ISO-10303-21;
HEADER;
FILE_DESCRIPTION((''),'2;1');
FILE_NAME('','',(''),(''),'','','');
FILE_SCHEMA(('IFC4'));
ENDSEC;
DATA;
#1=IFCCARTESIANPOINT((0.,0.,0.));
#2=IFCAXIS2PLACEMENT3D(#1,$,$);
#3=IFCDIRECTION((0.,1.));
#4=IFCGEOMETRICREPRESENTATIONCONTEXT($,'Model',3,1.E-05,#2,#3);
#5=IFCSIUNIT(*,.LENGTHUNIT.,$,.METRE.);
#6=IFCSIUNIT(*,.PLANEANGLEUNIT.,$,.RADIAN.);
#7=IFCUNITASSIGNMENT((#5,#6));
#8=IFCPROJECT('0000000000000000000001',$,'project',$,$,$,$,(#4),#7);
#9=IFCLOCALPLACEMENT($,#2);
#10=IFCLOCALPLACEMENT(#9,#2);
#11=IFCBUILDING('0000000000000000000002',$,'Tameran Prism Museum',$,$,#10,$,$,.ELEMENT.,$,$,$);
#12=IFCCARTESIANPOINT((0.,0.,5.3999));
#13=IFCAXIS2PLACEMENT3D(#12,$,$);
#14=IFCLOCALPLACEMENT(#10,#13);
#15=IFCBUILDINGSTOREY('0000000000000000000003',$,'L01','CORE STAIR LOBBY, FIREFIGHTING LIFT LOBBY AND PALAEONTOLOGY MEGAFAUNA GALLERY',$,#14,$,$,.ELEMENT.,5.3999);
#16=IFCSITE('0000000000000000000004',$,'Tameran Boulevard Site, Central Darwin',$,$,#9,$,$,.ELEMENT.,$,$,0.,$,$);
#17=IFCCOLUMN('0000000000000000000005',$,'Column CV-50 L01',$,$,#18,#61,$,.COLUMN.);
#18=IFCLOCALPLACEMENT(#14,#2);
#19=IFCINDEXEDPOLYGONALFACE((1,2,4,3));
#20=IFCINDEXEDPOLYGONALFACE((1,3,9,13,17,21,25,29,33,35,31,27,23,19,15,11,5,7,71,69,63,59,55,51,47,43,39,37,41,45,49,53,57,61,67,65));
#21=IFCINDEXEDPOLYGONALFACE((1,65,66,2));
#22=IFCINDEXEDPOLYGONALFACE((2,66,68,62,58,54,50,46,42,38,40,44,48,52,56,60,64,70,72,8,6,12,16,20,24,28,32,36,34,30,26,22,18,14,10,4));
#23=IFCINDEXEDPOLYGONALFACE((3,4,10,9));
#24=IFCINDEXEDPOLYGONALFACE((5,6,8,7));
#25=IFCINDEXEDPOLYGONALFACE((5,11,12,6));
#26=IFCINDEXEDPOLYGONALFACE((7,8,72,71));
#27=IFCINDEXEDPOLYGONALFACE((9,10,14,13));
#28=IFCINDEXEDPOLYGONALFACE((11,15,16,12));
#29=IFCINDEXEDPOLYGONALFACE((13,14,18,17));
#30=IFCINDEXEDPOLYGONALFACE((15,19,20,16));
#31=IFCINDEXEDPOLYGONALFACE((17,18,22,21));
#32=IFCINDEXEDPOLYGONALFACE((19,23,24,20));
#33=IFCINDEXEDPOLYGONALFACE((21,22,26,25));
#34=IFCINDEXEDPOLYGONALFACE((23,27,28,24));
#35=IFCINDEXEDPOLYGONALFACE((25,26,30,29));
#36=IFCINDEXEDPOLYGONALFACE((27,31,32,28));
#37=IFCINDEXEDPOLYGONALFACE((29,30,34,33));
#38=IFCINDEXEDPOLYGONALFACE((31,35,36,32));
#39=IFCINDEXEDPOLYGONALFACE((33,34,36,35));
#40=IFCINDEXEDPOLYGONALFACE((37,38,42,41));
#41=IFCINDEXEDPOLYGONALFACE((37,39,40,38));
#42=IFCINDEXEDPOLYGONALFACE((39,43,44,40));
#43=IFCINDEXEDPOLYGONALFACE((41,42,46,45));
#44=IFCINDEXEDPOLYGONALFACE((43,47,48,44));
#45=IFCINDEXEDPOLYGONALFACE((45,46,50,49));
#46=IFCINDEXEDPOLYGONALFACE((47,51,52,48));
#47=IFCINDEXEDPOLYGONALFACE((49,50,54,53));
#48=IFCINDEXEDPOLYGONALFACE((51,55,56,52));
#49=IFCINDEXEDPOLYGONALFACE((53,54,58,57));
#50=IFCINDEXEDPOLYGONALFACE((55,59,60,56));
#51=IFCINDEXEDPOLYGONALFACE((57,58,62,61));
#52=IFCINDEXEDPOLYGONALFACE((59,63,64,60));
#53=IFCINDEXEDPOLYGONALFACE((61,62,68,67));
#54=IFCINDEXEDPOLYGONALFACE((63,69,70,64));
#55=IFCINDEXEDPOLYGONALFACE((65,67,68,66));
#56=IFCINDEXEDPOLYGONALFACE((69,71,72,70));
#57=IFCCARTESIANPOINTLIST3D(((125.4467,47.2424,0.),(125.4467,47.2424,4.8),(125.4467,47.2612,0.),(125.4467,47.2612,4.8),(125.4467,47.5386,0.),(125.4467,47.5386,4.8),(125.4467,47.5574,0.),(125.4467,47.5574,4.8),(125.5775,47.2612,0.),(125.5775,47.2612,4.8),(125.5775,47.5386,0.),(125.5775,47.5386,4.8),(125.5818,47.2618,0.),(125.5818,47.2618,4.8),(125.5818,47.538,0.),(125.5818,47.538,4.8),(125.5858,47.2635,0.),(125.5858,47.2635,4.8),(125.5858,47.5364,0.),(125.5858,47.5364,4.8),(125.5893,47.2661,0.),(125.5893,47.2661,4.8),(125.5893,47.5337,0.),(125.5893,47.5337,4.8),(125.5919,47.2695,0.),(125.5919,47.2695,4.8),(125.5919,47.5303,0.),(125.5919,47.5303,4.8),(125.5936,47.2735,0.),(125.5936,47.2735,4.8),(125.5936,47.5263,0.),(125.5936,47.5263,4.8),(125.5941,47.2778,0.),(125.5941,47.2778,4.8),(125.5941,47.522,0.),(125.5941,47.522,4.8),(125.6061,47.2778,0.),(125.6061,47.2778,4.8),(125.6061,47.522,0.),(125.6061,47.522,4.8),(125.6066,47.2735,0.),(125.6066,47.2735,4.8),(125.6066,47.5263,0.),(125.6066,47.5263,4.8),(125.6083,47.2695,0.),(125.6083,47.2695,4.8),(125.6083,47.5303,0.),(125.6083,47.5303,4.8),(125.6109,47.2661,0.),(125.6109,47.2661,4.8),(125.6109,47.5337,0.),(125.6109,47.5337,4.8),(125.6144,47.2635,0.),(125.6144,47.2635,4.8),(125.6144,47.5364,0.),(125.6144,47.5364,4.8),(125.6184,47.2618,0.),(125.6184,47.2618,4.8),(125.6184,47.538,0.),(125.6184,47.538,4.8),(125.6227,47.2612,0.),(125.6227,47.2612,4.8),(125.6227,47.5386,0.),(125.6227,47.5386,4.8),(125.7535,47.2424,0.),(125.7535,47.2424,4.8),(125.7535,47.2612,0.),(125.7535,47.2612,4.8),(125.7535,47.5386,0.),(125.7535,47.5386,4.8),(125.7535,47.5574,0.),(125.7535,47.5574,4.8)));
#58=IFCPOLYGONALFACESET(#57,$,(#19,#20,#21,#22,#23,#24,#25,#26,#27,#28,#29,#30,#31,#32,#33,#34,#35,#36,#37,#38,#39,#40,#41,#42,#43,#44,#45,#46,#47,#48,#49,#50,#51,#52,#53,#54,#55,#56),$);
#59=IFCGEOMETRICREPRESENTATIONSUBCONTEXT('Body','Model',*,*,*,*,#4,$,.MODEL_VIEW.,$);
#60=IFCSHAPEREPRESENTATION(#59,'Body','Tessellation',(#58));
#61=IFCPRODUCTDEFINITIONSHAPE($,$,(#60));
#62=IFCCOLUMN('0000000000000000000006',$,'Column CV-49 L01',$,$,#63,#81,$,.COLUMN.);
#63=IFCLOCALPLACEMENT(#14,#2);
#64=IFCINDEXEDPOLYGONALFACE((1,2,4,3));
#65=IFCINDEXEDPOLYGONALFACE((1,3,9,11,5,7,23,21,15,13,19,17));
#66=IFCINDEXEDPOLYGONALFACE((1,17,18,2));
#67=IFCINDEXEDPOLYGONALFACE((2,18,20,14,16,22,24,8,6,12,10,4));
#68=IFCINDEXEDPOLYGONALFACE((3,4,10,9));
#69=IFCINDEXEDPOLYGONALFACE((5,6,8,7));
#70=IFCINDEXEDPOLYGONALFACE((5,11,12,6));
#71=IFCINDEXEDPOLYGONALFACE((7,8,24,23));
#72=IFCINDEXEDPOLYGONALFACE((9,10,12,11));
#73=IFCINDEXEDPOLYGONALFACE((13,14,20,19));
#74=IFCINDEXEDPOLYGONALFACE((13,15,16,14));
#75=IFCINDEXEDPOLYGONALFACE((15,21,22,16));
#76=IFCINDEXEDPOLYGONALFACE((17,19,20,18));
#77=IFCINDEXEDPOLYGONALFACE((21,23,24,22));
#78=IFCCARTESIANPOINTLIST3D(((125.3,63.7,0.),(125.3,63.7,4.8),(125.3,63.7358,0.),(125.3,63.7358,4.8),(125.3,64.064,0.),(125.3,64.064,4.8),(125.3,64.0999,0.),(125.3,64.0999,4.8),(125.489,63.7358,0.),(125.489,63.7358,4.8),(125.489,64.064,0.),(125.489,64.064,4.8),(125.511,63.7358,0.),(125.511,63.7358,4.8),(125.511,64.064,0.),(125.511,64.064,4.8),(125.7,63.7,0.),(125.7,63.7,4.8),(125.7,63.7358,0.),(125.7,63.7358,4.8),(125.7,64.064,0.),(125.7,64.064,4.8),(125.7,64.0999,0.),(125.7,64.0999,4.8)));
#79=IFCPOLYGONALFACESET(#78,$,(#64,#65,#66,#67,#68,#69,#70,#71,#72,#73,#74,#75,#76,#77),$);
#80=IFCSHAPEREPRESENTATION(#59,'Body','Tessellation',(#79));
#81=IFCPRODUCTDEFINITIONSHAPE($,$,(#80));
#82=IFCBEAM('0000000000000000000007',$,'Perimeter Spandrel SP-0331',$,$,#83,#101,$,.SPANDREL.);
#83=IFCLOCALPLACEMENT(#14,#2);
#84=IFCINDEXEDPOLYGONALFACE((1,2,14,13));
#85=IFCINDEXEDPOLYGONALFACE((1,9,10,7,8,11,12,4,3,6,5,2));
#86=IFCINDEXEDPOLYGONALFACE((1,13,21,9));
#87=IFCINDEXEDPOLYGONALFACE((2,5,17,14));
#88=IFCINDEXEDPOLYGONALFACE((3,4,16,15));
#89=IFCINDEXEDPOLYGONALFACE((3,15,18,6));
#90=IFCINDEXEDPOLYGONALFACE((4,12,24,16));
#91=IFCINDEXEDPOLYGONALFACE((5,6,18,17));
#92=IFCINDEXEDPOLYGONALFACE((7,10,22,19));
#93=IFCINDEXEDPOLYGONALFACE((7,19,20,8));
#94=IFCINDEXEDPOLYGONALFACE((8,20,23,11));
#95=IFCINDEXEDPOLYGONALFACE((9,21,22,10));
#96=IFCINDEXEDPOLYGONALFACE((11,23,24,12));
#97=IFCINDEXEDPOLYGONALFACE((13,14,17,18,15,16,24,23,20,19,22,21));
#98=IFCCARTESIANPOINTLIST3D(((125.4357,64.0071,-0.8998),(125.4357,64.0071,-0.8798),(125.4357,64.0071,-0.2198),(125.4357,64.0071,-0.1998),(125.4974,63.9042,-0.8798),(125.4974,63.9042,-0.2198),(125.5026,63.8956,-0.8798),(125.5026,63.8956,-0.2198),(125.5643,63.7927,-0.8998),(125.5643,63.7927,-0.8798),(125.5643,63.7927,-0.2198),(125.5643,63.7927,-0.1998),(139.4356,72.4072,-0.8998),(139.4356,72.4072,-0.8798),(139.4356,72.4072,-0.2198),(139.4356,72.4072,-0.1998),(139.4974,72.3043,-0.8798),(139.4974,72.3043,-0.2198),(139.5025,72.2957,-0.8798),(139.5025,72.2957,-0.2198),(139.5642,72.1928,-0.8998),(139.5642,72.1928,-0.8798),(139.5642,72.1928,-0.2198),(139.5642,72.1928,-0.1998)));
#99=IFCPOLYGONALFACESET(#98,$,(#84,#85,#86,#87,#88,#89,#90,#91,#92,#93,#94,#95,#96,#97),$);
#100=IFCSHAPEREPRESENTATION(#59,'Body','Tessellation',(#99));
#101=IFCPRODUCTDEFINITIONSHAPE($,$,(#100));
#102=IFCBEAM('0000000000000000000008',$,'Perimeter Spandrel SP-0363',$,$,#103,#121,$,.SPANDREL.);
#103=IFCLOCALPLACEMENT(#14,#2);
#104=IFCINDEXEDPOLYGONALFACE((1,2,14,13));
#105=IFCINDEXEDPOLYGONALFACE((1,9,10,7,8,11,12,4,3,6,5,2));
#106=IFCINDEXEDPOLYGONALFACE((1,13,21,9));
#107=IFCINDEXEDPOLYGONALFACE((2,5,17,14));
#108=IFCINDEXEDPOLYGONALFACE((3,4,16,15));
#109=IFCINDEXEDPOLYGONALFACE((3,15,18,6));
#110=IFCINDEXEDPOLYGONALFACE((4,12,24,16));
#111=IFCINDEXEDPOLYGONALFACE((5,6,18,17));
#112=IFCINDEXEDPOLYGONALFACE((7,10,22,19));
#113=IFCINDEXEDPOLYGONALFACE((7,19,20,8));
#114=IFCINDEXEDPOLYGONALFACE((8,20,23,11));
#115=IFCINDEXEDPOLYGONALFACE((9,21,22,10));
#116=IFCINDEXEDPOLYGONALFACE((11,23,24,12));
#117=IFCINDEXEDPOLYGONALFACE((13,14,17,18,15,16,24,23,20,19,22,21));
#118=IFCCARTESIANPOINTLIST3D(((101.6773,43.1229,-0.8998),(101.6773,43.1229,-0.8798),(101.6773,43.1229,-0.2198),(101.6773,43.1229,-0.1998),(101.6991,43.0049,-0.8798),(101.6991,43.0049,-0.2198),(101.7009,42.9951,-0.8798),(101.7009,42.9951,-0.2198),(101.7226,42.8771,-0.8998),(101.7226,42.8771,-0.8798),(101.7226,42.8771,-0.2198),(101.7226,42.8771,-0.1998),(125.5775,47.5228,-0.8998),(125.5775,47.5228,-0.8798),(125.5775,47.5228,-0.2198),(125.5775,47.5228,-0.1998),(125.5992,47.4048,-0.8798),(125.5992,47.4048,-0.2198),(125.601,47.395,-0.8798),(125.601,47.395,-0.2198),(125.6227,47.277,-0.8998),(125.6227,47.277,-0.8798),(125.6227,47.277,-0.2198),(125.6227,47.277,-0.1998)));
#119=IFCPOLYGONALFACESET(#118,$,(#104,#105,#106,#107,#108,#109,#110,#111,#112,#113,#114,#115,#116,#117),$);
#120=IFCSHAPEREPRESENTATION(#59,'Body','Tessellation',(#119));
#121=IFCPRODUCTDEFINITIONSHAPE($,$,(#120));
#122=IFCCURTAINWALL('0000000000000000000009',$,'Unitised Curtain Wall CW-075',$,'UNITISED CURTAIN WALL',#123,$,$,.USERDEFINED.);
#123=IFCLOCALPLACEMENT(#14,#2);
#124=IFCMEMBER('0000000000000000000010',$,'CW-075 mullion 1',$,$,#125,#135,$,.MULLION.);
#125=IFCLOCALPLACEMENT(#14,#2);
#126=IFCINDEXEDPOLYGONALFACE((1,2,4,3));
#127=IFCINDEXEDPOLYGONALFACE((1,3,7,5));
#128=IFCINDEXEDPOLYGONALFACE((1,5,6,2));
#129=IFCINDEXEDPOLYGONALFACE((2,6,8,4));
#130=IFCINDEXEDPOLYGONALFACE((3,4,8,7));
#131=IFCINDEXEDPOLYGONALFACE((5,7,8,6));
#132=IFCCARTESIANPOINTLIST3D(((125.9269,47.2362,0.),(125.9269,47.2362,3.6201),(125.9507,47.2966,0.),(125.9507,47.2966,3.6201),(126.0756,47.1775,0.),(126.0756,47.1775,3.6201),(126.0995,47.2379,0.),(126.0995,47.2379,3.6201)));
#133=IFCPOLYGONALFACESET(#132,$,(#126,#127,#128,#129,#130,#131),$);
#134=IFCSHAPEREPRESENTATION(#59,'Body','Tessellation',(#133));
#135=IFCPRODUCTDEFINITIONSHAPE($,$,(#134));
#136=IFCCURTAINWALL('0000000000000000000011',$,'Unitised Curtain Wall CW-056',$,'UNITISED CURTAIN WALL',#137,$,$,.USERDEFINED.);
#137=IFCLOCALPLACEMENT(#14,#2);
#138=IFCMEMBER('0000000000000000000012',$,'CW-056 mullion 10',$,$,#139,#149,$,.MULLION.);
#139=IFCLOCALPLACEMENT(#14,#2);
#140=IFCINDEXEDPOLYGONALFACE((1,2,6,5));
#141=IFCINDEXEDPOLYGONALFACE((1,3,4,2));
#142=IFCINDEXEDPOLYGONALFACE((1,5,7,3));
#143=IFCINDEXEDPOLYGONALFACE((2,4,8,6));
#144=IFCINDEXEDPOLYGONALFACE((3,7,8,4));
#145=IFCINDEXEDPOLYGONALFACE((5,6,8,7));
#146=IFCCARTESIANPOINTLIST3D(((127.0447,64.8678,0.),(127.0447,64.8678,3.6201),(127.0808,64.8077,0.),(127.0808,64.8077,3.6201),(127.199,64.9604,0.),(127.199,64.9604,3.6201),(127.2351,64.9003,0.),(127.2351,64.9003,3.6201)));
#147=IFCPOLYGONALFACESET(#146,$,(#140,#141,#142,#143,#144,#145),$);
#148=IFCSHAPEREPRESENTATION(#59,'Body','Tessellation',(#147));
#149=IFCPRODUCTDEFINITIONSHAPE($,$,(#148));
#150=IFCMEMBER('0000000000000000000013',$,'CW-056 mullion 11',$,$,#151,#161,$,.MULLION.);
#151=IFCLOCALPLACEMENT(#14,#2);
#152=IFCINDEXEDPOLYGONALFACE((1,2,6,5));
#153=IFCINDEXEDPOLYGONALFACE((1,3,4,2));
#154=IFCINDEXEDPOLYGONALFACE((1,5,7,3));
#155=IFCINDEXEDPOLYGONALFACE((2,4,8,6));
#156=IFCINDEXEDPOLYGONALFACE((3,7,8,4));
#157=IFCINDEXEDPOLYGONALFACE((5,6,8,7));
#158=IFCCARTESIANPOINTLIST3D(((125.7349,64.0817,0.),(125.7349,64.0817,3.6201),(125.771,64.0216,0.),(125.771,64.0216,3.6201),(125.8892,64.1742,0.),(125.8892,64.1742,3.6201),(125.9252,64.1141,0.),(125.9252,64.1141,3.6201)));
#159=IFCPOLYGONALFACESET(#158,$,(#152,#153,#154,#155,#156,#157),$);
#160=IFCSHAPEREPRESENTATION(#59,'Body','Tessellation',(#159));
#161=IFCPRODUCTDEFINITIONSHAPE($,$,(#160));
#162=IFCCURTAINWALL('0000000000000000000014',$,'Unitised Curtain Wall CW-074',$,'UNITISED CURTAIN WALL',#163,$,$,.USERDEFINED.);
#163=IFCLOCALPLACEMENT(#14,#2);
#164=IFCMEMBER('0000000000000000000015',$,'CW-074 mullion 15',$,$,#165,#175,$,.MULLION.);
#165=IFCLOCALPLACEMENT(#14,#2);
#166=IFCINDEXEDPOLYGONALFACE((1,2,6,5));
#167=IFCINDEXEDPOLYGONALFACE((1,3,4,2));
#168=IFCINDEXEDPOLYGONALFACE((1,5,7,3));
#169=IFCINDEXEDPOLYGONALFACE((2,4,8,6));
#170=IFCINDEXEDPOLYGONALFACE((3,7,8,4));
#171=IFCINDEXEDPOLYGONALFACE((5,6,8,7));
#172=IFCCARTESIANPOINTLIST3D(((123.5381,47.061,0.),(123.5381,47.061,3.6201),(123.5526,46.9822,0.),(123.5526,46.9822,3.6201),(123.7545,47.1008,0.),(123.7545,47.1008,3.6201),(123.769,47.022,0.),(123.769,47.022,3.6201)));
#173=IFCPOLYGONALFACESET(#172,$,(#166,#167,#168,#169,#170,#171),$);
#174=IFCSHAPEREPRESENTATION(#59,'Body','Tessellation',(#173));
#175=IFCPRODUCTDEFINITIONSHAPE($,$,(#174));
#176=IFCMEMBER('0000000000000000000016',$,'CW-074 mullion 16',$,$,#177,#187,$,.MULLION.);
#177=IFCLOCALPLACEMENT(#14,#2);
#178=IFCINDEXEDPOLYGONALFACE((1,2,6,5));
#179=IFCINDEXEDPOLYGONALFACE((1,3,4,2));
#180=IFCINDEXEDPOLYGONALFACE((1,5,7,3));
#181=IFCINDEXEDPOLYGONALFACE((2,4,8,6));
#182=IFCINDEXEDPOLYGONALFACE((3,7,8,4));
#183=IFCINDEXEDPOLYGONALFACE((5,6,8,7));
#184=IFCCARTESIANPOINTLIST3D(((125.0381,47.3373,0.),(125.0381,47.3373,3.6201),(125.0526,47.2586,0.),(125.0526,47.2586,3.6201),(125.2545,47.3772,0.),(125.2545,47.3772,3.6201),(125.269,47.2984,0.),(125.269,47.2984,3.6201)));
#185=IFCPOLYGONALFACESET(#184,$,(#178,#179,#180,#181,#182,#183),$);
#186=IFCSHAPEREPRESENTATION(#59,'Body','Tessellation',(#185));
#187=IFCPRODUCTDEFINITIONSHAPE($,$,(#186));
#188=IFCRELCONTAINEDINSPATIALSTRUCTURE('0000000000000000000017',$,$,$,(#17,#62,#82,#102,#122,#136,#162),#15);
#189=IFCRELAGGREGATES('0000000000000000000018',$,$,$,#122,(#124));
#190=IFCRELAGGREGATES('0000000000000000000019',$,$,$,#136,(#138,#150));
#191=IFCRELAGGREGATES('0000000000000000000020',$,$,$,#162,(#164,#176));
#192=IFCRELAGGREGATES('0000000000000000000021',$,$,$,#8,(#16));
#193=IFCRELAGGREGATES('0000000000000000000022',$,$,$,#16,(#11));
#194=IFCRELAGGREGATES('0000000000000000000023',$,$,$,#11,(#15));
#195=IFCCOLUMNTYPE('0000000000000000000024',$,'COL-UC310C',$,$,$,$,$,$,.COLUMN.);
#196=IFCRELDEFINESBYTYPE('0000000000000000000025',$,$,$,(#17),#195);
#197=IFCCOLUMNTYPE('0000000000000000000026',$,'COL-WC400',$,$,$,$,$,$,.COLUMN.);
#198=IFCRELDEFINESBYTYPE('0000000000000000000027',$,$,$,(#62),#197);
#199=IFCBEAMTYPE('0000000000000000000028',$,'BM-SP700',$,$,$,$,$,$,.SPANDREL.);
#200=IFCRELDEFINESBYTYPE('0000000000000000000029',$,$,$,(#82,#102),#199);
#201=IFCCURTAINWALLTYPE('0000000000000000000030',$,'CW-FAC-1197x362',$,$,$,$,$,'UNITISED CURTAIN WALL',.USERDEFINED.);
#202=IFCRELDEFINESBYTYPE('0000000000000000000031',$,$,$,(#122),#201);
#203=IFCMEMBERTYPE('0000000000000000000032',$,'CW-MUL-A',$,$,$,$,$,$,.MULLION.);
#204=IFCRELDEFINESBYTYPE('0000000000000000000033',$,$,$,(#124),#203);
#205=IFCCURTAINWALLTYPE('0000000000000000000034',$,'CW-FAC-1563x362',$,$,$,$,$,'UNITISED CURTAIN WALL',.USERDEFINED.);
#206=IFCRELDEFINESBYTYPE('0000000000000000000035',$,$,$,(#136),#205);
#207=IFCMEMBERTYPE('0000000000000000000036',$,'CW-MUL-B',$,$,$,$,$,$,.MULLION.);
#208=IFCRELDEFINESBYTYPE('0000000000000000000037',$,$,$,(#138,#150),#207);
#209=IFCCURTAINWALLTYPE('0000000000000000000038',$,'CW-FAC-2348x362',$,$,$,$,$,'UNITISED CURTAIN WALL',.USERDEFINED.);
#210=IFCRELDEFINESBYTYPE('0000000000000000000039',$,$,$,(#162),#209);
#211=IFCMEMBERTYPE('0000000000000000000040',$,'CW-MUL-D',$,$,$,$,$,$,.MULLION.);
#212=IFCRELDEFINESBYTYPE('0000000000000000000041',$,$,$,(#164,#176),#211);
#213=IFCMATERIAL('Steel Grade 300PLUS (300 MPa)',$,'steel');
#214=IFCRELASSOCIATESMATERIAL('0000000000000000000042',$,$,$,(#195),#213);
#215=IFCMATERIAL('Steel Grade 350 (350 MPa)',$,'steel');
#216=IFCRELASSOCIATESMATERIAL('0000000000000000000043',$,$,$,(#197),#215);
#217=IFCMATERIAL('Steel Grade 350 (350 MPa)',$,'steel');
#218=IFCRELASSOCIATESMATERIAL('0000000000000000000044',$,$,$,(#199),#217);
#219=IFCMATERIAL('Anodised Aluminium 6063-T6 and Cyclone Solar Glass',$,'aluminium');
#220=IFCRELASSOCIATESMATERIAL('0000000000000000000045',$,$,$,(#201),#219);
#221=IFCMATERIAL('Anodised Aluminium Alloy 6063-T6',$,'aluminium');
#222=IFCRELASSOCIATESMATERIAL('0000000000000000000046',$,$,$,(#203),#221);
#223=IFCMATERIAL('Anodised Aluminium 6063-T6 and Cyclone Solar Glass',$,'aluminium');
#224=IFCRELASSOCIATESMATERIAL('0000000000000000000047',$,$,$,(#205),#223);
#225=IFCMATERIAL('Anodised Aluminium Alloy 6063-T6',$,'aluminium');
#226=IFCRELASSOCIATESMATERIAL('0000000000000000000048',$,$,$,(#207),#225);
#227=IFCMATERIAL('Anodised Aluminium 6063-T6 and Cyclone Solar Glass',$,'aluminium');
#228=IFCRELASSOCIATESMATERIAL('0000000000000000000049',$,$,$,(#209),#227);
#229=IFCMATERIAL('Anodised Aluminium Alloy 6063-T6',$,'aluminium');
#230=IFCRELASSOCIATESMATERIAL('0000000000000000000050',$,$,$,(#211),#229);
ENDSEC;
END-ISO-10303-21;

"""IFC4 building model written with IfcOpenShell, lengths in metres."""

from ifc_helpers import new_model, si_unit, direction, frame, origin, origin_2d, place, context, subcontext, project, spatial, rectangle, i_section, extrude, material, material_profile, profile_set, type_object, element, aggregate, save


model = new_model("IFC4")

# Units and contexts
model_context = context("Model", 3, precision=1e-05, world=origin(), true_north=direction((0.0, 1.0)))
body_context = subcontext(model_context, "Body", "Model", "MODEL_VIEW")
ifc_project = project(units=[si_unit("LENGTHUNIT", "METRE"), si_unit("PLANEANGLEUNIT", "RADIAN")], contexts=[model_context])

# Site, building, storey
site_placement = place(None, origin())
site = spatial("IfcSite", under=ifc_project, at=site_placement, Name="Tameran Boulevard Site, Central Darwin", CompositionType="ELEMENT", RefElevation=0.0)
building_placement = place(site_placement, origin())
building = spatial("IfcBuilding", under=site, at=building_placement, Name="Tameran Prism Museum", CompositionType="ELEMENT")
storey_placement = place(building_placement, frame((0.0, 0.0, 5.3999)))
storey = spatial("IfcBuildingStorey", under=building, at=storey_placement, Name="L01", Description="CORE STAIR LOBBY, FIREFIGHTING LIFT LOBBY AND PALAEONTOLOGY MEGAFAUNA GALLERY", CompositionType="ELEMENT", Elevation=5.3999)

# Columns
ifc_material_1 = material(Name="Steel Grade 300PLUS (300 MPa)", Category="steel")
ifc_material_profile_1 = material_profile(ifc_material_1, i_section(OverallWidth=0.3069, OverallDepth=0.3149, WebThickness=0.012, FlangeThickness=0.0188, FilletRadius=0.0166, at=origin_2d()))
ifc_profile_set_1 = profile_set([ifc_material_profile_1])
column_type_1 = type_object("IfcColumnType", Name="COL-UC310C", PredefinedType="COLUMN", material=ifc_profile_set_1)
column_1_placement = place(storey_placement, frame((125.6001, 47.3999, 0.0), z_axis=(0.0, 0.0, 1.0), x_axis=(1.0, 0.0, 0.0)))
element("IfcColumn", 1, at=column_1_placement, inside=storey, type_object=column_type_1, Name="Column CV-50 L01", PredefinedType="COLUMN", context=body_context, shape_type="SweptSolid", body=[
    extrude(i_section(OverallWidth=0.3069, OverallDepth=0.3149, WebThickness=0.012, FlangeThickness=0.0188, FilletRadius=0.0166, at=origin_2d()), origin(), (0.0, 0.0, 1.0), 4.8),
])
ifc_material_2 = material(Name="Steel Grade 350 (350 MPa)", Category="steel")
ifc_material_profile_2 = material_profile(ifc_material_2, i_section(OverallWidth=0.3999, OverallDepth=0.3999, WebThickness=0.022, FlangeThickness=0.0359, at=origin_2d()))
ifc_profile_set_2 = profile_set([ifc_material_profile_2])
column_type_2 = type_object("IfcColumnType", Name="COL-WC400", PredefinedType="COLUMN", material=ifc_profile_set_2)
column_2_placement = place(storey_placement, frame((125.5, 63.8999, 0.0), z_axis=(0.0, 0.0, 1.0), x_axis=(1.0, 0.0, 0.0)))
element("IfcColumn", 2, at=column_2_placement, inside=storey, type_object=column_type_2, Name="Column CV-49 L01", PredefinedType="COLUMN", context=body_context, shape_type="SweptSolid", body=[
    extrude(i_section(OverallWidth=0.3999, OverallDepth=0.3999, WebThickness=0.022, FlangeThickness=0.0359, at=origin_2d()), origin(), (0.0, 0.0, 1.0), 4.8),
])

# Beams
ifc_material_3 = material(Name="Steel Grade 350 (350 MPa)", Category="steel")
ifc_material_profile_3 = material_profile(ifc_material_3, i_section(OverallWidth=0.25, OverallDepth=0.7, WebThickness=0.01, FlangeThickness=0.02, at=origin_2d()))
ifc_profile_set_3 = profile_set([ifc_material_profile_3])
beam_type = type_object("IfcBeamType", Name="BM-SP700", PredefinedType="SPANDREL", material=ifc_profile_set_3)
beam_1_placement = place(storey_placement, frame((125.5, 63.8999, -0.5498), z_axis=(0.857489, 0.514502, 0.0), x_axis=(-0.514502, 0.857489, 0.0)))
element("IfcBeam", 3, at=beam_1_placement, inside=storey, type_object=beam_type, Name="Perimeter Spandrel SP-0331", PredefinedType="SPANDREL", context=body_context, shape_type="SweptSolid", body=[
    extrude(i_section(OverallWidth=0.25, OverallDepth=0.7, WebThickness=0.01, FlangeThickness=0.02, at=origin_2d()), origin(), (0.0, 0.0, 1.0), 16.3267),
])
beam_2_placement = place(storey_placement, frame((125.6001, 47.3999, -0.5498), z_axis=(-0.983473, -0.181053, 0.0), x_axis=(0.181053, -0.983473, 0.0)))
element("IfcBeam", 4, at=beam_2_placement, inside=storey, type_object=beam_type, Name="Perimeter Spandrel SP-0363", PredefinedType="SPANDREL", context=body_context, shape_type="SweptSolid", body=[
    extrude(i_section(OverallWidth=0.25, OverallDepth=0.7, WebThickness=0.01, FlangeThickness=0.02, at=origin_2d()), origin(), (0.0, 0.0, 1.0), 24.3018),
])

# Curtain wall, member
ifc_material_4 = material(Name="Anodised Aluminium 6063-T6 and Cyclone Solar Glass", Category="aluminium")
curtain_wall_type_1 = type_object("IfcCurtainWallType", Name="CW-FAC-1197x362", ElementType="UNITISED CURTAIN WALL", PredefinedType="USERDEFINED", material=ifc_material_4)
curtain_wall_1_placement = place(storey_placement, origin())
curtain_wall_1 = element("IfcCurtainWall", 5, at=curtain_wall_1_placement, inside=storey, type_object=curtain_wall_type_1, Name="Unitised Curtain Wall CW-075", ObjectType="UNITISED CURTAIN WALL", PredefinedType="USERDEFINED")
ifc_material_5 = material(Name="Anodised Aluminium Alloy 6063-T6", Category="aluminium")
ifc_material_profile_4 = material_profile(ifc_material_5, rectangle(XDim=0.0649, YDim=0.1599, at=origin_2d()))
ifc_profile_set_4 = profile_set([ifc_material_profile_4])
member_type_1 = type_object("IfcMemberType", Name="CW-MUL-A", PredefinedType="MULLION", material=ifc_profile_set_4)
member_1_placement = place(storey_placement, frame((126.0132, 47.2371, 0.0), z_axis=(0.0, 0.0, 1.0), x_axis=(0.367355, 0.930081, 0.0)))
member_1 = element("IfcMember", 6, at=member_1_placement, type_object=member_type_1, Name="CW-075 mullion 1", PredefinedType="MULLION", context=body_context, shape_type="SweptSolid", body=[
    extrude(rectangle(XDim=0.0649, YDim=0.1599, at=origin_2d()), origin(), (0.0, 0.0, 1.0), 3.6201),
])

# Curtain walls, members
ifc_material_6 = material(Name="Anodised Aluminium 6063-T6 and Cyclone Solar Glass", Category="aluminium")
curtain_wall_type_2 = type_object("IfcCurtainWallType", Name="CW-FAC-1563x362", ElementType="UNITISED CURTAIN WALL", PredefinedType="USERDEFINED", material=ifc_material_6)
curtain_wall_2_placement = place(storey_placement, origin())
curtain_wall_2 = element("IfcCurtainWall", 7, at=curtain_wall_2_placement, inside=storey, type_object=curtain_wall_type_2, Name="Unitised Curtain Wall CW-056", ObjectType="UNITISED CURTAIN WALL", PredefinedType="USERDEFINED")
ifc_material_7 = material(Name="Anodised Aluminium Alloy 6063-T6", Category="aluminium")
ifc_material_profile_5 = material_profile(ifc_material_7, rectangle(XDim=0.0701, YDim=0.1799, at=origin_2d()))
ifc_profile_set_5 = profile_set([ifc_material_profile_5])
member_type_2 = type_object("IfcMemberType", Name="CW-MUL-B", PredefinedType="MULLION", material=ifc_profile_set_5)
member_2_placement = place(storey_placement, frame((127.1399, 64.884, 0.0), z_axis=(0.0, 0.0, 1.0), x_axis=(0.514496, -0.857493, 0.0)))
member_2 = element("IfcMember", 8, at=member_2_placement, type_object=member_type_2, Name="CW-056 mullion 10", PredefinedType="MULLION", context=body_context, shape_type="SweptSolid", body=[
    extrude(rectangle(XDim=0.0701, YDim=0.1799, at=origin_2d()), origin(), (0.0, 0.0, 1.0), 3.6201),
])
member_3_placement = place(storey_placement, frame((125.8301, 64.0979, 0.0), z_axis=(0.0, 0.0, 1.0), x_axis=(0.514496, -0.857493, 0.0)))
member_3 = element("IfcMember", 9, at=member_3_placement, type_object=member_type_2, Name="CW-056 mullion 11", PredefinedType="MULLION", context=body_context, shape_type="SweptSolid", body=[
    extrude(rectangle(XDim=0.0701, YDim=0.1799, at=origin_2d()), origin(), (0.0, 0.0, 1.0), 3.6201),
])
ifc_material_8 = material(Name="Anodised Aluminium 6063-T6 and Cyclone Solar Glass", Category="aluminium")
curtain_wall_type_3 = type_object("IfcCurtainWallType", Name="CW-FAC-2348x362", ElementType="UNITISED CURTAIN WALL", PredefinedType="USERDEFINED", material=ifc_material_8)
curtain_wall_3_placement = place(storey_placement, origin())
curtain_wall_3 = element("IfcCurtainWall", 10, at=curtain_wall_3_placement, inside=storey, type_object=curtain_wall_type_3, Name="Unitised Curtain Wall CW-074", ObjectType="UNITISED CURTAIN WALL", PredefinedType="USERDEFINED")
ifc_material_9 = material(Name="Anodised Aluminium Alloy 6063-T6", Category="aluminium")
ifc_material_profile_6 = material_profile(ifc_material_9, rectangle(XDim=0.0801, YDim=0.22, at=origin_2d()))
ifc_profile_set_6 = profile_set([ifc_material_profile_6])
member_type_3 = type_object("IfcMemberType", Name="CW-MUL-D", PredefinedType="MULLION", material=ifc_profile_set_6)
member_4_placement = place(storey_placement, frame((123.6536, 47.0415, 0.0), z_axis=(0.0, 0.0, 1.0), x_axis=(-0.181063, 0.983472, 0.0)))
member_4 = element("IfcMember", 11, at=member_4_placement, type_object=member_type_3, Name="CW-074 mullion 15", PredefinedType="MULLION", context=body_context, shape_type="SweptSolid", body=[
    extrude(rectangle(XDim=0.0801, YDim=0.22, at=origin_2d()), origin(), (0.0, 0.0, 1.0), 3.6201),
])
member_5_placement = place(storey_placement, frame((125.1536, 47.3179, 0.0), z_axis=(0.0, 0.0, 1.0), x_axis=(-0.181063, 0.983472, 0.0)))
member_5 = element("IfcMember", 12, at=member_5_placement, type_object=member_type_3, Name="CW-074 mullion 16", PredefinedType="MULLION", context=body_context, shape_type="SweptSolid", body=[
    extrude(rectangle(XDim=0.0801, YDim=0.22, at=origin_2d()), origin(), (0.0, 0.0, 1.0), 3.6201),
])

aggregate(curtain_wall_1, [member_1])

aggregate(curtain_wall_2, [member_2, member_3])
aggregate(curtain_wall_3, [member_4, member_5])

save(model, "model.ifc")
